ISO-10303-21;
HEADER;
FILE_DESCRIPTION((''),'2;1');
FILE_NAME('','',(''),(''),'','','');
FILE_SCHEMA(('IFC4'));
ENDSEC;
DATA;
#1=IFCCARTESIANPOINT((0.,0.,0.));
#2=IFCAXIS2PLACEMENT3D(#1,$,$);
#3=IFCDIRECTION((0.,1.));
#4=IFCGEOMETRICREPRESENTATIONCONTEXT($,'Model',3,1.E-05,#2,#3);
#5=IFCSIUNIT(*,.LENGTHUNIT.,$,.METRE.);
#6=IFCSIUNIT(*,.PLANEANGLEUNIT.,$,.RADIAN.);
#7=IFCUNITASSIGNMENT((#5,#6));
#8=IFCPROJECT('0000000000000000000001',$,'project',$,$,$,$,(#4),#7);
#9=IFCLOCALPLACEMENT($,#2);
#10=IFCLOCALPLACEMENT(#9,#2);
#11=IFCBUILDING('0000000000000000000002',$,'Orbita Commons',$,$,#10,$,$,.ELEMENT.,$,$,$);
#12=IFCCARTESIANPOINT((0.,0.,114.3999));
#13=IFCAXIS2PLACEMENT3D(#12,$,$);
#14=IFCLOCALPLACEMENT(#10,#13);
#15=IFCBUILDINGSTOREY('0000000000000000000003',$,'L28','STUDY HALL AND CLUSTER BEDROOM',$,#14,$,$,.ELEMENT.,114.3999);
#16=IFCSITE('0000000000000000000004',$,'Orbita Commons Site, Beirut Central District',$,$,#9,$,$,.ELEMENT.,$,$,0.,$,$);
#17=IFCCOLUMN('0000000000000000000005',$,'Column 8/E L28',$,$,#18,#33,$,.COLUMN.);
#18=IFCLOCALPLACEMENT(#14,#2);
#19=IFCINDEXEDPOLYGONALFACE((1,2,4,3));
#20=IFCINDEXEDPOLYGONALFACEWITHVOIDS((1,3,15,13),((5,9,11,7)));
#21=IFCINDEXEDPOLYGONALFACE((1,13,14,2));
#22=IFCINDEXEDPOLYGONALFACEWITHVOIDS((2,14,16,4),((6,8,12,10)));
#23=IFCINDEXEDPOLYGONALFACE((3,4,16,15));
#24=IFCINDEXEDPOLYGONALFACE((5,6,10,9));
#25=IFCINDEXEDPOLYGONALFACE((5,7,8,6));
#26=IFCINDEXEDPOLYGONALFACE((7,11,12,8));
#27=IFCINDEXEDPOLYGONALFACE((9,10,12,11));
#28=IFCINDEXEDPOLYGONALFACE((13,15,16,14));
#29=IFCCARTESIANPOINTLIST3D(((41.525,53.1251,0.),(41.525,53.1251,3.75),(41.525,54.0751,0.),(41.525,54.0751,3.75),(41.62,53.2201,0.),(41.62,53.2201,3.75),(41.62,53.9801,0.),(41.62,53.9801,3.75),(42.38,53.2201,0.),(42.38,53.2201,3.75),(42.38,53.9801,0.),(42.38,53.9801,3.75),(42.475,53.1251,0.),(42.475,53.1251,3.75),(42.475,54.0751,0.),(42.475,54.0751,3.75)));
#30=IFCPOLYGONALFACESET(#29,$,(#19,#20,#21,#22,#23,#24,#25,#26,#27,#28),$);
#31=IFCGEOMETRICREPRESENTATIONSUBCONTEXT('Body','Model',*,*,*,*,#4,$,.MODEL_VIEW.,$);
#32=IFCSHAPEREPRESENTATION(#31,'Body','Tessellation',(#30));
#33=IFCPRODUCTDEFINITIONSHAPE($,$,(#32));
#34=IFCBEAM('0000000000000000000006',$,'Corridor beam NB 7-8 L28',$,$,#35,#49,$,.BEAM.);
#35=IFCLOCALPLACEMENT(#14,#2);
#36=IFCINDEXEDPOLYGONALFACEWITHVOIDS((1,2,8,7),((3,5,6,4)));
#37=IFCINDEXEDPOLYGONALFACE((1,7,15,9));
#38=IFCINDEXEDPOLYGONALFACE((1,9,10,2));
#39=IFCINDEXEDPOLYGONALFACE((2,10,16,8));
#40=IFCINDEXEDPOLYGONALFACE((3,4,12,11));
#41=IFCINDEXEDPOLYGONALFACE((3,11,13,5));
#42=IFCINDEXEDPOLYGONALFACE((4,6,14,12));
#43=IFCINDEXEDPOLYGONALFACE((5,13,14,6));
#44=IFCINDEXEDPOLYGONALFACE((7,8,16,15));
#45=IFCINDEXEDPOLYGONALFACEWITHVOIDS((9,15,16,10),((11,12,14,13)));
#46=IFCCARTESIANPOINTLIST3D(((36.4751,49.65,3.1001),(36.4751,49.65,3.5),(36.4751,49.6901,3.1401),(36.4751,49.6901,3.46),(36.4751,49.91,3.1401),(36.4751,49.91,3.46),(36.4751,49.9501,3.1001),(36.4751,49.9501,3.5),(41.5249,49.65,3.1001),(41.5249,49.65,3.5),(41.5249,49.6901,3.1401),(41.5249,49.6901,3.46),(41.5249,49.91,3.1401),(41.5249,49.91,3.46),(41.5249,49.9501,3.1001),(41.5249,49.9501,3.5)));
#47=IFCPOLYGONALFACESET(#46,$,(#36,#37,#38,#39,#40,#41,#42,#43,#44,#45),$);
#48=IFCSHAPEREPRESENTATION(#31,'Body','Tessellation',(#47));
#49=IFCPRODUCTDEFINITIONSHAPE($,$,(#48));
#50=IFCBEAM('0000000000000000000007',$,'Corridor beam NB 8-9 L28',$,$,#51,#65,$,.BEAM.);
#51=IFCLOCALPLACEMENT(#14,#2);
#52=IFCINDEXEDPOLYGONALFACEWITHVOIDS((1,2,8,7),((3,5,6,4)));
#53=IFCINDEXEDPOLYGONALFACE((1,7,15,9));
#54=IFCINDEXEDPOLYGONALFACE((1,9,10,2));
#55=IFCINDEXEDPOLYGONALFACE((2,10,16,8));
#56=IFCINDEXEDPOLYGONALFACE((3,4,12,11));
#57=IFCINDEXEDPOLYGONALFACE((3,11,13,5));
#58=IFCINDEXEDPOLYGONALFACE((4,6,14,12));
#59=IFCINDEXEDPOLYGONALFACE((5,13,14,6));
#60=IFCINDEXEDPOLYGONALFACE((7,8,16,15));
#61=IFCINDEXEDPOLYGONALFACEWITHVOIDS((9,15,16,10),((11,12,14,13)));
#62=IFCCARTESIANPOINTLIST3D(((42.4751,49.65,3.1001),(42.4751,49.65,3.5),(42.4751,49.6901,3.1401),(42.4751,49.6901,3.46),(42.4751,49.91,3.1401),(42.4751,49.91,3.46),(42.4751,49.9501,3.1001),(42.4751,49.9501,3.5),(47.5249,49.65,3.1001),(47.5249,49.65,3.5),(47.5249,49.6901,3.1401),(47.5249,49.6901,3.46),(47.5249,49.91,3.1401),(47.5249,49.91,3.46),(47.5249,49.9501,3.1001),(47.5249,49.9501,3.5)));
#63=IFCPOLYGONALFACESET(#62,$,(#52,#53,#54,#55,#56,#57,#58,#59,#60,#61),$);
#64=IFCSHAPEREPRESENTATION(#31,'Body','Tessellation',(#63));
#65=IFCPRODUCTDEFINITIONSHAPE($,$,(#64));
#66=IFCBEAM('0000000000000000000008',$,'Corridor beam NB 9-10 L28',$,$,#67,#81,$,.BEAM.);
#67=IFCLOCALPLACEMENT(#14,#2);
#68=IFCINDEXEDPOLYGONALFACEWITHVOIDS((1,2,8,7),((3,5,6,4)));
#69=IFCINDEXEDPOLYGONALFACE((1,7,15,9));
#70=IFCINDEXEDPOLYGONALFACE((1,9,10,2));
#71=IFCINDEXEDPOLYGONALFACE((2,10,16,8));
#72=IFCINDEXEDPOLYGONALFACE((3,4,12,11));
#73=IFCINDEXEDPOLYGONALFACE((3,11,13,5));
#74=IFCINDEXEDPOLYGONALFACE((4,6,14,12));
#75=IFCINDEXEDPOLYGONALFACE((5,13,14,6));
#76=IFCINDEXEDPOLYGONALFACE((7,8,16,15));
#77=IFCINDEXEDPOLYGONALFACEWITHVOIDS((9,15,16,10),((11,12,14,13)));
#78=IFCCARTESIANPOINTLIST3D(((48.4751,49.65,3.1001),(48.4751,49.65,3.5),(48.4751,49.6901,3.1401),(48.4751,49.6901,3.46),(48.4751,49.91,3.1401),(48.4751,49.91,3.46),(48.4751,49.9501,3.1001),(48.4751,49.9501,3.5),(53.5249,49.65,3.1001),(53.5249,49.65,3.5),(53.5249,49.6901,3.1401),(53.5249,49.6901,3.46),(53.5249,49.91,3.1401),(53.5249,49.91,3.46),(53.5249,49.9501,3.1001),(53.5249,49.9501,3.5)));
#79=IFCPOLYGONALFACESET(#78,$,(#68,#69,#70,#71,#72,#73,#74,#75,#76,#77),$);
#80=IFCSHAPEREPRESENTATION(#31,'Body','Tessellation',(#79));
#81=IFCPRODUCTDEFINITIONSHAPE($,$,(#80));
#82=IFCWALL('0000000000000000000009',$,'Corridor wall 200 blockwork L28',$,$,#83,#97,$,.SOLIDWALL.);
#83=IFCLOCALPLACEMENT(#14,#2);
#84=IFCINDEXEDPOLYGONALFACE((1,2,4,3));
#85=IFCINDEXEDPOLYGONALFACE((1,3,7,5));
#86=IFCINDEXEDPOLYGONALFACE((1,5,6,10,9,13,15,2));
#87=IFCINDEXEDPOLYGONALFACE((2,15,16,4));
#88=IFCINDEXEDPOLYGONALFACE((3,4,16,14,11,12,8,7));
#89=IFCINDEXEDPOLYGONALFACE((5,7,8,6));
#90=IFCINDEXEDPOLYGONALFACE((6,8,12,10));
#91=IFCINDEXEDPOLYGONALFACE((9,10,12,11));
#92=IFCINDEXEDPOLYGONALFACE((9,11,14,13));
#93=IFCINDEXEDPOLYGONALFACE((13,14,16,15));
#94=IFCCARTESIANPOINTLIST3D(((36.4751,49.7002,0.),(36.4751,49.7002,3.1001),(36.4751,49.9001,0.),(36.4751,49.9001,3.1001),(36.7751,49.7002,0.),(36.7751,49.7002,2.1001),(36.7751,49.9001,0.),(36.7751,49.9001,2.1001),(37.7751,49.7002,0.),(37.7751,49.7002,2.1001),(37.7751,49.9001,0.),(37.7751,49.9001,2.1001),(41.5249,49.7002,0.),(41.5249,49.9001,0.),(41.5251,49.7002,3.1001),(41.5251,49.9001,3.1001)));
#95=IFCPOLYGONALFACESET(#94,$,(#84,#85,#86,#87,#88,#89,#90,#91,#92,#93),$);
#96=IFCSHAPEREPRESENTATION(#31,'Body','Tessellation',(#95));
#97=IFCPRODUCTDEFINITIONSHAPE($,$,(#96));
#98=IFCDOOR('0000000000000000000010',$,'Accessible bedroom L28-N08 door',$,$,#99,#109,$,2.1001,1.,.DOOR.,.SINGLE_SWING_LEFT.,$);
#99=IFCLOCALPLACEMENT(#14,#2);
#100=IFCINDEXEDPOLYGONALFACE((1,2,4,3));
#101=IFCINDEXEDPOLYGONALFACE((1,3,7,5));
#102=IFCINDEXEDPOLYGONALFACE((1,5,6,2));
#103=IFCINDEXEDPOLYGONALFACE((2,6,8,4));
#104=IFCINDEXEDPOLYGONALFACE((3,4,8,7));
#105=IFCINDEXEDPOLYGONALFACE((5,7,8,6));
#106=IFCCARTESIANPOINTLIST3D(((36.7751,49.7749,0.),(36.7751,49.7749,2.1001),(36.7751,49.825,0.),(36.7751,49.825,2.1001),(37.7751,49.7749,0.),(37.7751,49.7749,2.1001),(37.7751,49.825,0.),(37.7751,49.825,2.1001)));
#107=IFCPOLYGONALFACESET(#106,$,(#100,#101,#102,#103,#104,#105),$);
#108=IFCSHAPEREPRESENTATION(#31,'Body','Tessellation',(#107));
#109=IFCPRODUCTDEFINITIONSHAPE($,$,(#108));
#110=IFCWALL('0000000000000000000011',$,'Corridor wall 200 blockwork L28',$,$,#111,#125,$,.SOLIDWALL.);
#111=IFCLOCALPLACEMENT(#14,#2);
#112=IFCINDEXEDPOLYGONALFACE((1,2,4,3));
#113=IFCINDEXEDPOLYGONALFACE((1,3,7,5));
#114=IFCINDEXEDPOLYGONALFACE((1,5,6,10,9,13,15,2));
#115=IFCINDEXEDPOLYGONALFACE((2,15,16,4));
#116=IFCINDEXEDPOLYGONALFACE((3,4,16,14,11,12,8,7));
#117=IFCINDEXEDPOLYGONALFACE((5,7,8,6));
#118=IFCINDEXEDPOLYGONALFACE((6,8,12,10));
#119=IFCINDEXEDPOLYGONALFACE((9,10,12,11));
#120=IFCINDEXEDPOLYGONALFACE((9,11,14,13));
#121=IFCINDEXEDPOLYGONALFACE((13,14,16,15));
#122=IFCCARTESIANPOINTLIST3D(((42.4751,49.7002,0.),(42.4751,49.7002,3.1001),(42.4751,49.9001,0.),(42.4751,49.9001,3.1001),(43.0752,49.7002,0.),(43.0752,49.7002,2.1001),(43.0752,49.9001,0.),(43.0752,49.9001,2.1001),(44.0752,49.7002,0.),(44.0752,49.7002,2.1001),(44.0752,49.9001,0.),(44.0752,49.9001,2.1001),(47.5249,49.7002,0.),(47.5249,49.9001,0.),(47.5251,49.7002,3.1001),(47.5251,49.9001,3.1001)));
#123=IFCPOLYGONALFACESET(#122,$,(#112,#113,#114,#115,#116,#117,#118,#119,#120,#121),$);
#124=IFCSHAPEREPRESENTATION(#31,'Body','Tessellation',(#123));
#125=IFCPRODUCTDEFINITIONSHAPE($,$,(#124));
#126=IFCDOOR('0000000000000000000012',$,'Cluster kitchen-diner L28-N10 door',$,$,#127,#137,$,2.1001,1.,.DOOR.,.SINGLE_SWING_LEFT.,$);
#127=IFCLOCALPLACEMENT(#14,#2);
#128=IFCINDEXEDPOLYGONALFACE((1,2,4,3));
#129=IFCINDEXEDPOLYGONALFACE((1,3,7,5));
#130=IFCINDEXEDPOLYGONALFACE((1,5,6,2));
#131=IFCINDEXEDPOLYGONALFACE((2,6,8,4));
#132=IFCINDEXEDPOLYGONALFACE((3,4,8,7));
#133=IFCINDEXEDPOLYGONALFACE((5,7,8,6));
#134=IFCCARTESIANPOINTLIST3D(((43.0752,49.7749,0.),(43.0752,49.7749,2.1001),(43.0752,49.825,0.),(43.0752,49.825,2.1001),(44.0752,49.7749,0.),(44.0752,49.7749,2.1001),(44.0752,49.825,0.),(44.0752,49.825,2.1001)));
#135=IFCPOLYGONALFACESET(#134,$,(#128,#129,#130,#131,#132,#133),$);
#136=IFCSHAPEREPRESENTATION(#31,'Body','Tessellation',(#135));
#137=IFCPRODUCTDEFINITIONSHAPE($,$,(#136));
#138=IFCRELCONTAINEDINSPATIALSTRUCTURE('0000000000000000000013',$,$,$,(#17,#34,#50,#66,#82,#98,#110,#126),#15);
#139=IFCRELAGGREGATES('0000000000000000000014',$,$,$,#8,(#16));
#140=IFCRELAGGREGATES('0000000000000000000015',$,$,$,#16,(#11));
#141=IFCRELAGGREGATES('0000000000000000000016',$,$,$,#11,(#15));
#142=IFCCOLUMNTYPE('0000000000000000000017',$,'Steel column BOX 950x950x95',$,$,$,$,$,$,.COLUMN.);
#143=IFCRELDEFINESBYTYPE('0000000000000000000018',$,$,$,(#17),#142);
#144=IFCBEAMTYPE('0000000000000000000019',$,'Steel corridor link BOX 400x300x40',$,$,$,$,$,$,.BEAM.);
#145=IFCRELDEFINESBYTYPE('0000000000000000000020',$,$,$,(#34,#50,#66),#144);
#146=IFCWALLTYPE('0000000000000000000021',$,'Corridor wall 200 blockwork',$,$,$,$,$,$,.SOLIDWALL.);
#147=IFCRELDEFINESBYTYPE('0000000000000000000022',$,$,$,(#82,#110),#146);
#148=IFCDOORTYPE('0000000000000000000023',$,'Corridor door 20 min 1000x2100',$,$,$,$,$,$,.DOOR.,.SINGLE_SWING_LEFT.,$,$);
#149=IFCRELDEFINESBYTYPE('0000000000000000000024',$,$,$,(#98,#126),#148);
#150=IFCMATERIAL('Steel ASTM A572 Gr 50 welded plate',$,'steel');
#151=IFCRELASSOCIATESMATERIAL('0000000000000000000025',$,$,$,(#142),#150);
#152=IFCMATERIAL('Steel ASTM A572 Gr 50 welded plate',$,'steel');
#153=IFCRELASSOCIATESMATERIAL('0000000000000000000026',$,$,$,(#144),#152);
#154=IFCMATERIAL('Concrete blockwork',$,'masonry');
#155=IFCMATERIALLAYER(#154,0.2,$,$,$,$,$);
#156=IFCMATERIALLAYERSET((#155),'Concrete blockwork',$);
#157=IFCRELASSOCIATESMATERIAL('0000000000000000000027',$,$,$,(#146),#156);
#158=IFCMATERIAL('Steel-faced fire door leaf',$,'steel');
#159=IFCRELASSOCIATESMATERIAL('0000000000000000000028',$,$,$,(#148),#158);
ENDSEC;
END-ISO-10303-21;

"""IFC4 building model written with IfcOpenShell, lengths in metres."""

from ifc_helpers import new_model, si_unit, direction, frame, frame_2d, origin, origin_2d, place, context, subcontext, project, spatial, polyline, rectangle, hollow_rectangle, outline, extrude, material, layer, layer_set, material_profile, profile_set, type_object, element, fill, save


model = new_model("IFC4")

# Units and contexts
model_context = context("Model", 3, precision=1e-05, world=origin(), true_north=direction((0.0, 1.0)))
body_context = subcontext(model_context, "Body", "Model", "MODEL_VIEW")
ifc_project = project(units=[si_unit("LENGTHUNIT", "METRE"), si_unit("PLANEANGLEUNIT", "RADIAN")], contexts=[model_context])

# Site, building, storey
site_placement = place(None, origin())
site = spatial("IfcSite", under=ifc_project, at=site_placement, Name="Orbita Commons Site, Beirut Central District", CompositionType="ELEMENT", RefElevation=0.0)
building_placement = place(site_placement, origin())
building = spatial("IfcBuilding", under=site, at=building_placement, Name="Orbita Commons", CompositionType="ELEMENT")
storey_placement = place(building_placement, frame((0.0, 0.0, 114.3999)))
storey = spatial("IfcBuildingStorey", under=building, at=storey_placement, Name="L28", Description="STUDY HALL AND CLUSTER BEDROOM", CompositionType="ELEMENT", Elevation=114.3999)

# Column
ifc_material_1 = material(Name="Steel ASTM A572 Gr 50 welded plate", Category="steel")
ifc_material_profile_1 = material_profile(ifc_material_1, hollow_rectangle(XDim=0.95, YDim=0.95, WallThickness=0.095, at=origin_2d()), Name="BOX 950x950x95")
ifc_profile_set_1 = profile_set([ifc_material_profile_1], Name="Steel ASTM A572 Gr 50 welded plate")
column_type = type_object("IfcColumnType", Name="Steel column BOX 950x950x95", PredefinedType="COLUMN", material=ifc_profile_set_1)
column_placement = place(storey_placement, frame((42.0, 53.6001, 0.0), z_axis=(0.0, 0.0, 1.0), x_axis=(1.0, 0.0, 0.0)))
element("IfcColumn", 1, at=column_placement, inside=storey, type_object=column_type, Name="Column 8/E L28", PredefinedType="COLUMN", context=body_context, shape_type="SweptSolid", body=[
    extrude(hollow_rectangle(XDim=0.95, YDim=0.95, WallThickness=0.095, at=origin_2d()), origin(), (0.0, 0.0, 1.0), 3.75),
])

# Beams
ifc_material_2 = material(Name="Steel ASTM A572 Gr 50 welded plate", Category="steel")
ifc_material_profile_2 = material_profile(ifc_material_2, hollow_rectangle(XDim=0.3, YDim=0.3999, WallThickness=0.04, at=origin_2d()), Name="BOX 400x300x40")
ifc_profile_set_2 = profile_set([ifc_material_profile_2], Name="Steel ASTM A572 Gr 50 welded plate")
beam_type = type_object("IfcBeamType", Name="Steel corridor link BOX 400x300x40", PredefinedType="BEAM", material=ifc_profile_set_2)
for number, where, z_axis, x_axis, name in (
    (2, (36.4751, 49.8, 3.3), (1.0, 0.0, 0.0), (0.0, 1.0, 0.0), "Corridor beam NB 7-8 L28"),
    (3, (42.4751, 49.8, 3.3), (1.0, 0.0, 0.0), (0.0, 1.0, 0.0), "Corridor beam NB 8-9 L28"),
    (4, (48.4751, 49.8, 3.3), (1.0, 0.0, 0.0), (0.0, 1.0, 0.0), "Corridor beam NB 9-10 L28"),
):
    element("IfcBeam", number, at=place(storey_placement, frame(where, z_axis=z_axis, x_axis=x_axis)), inside=storey, type_object=beam_type, Name=name, PredefinedType="BEAM", context=body_context, shape_type="SweptSolid", body=[
        extrude(hollow_rectangle(XDim=0.3, YDim=0.3999, WallThickness=0.04, at=origin_2d()), origin(), (0.0, 0.0, 1.0), 5.0498),
    ])

# Walls, openings, doors
ifc_material_3 = material(Name="Concrete blockwork", Category="masonry")
ifc_layer_1 = layer(ifc_material_3, 0.2)
ifc_layer_set_1 = layer_set([ifc_layer_1], Name="Concrete blockwork")
wall_type_1 = type_object("IfcWallType", Name="Corridor wall 200 blockwork", PredefinedType="SOLIDWALL", material=ifc_layer_set_1)
wall_1_placement = place(storey_placement, frame((36.4751, 49.8, 0.0), z_axis=(0.0, 0.0, 1.0), x_axis=(1.0, 0.0, 0.0)))
wall_1 = element("IfcWall", 5, at=wall_1_placement, inside=storey, type_object=wall_type_1, Name="Corridor wall 200 blockwork L28", PredefinedType="SOLIDWALL", context=body_context, shape_type="SweptSolid", body=[
    extrude(outline(polyline([(0.0, 0.0), (5.0498, 0.0), (5.05, 3.1001), (0.0, 3.1001), (0.0, 0.0)])), frame((0.0, 0.1001, 0.0), z_axis=(0.0, -1.0, 0.0), x_axis=(1.0, 0.0, 0.0)), (0.0, 0.0, 1.0), 0.2),
])
opening_1_placement = place(wall_1_placement, frame((0.3, 0.0, 0.0)))
opening_1 = element("IfcOpeningElement", 6, at=opening_1_placement, cuts=wall_1, PredefinedType="OPENING", context=body_context, shape_type="SweptSolid", body=[
    extrude(rectangle(XDim=1.0, YDim=2.1001, at=frame_2d((0.5, 1.05))), frame((0.0, 0.1099, 0.0), z_axis=(0.0, -1.0, 0.0), x_axis=(1.0, 0.0, 0.0)), (0.0, 0.0, 1.0), 0.22),
])
ifc_material_4 = material(Name="Steel-faced fire door leaf", Category="steel")
door_type_1 = type_object("IfcDoorType", Name="Corridor door 20 min 1000x2100", OperationType="SINGLE_SWING_LEFT", PredefinedType="DOOR", material=ifc_material_4)
door_1_placement = place(opening_1_placement, origin())
door_1 = element("IfcDoor", 7, at=door_1_placement, inside=storey, type_object=door_type_1, Name="Accessible bedroom L28-N08 door", OperationType="SINGLE_SWING_LEFT", OverallHeight=2.1001, OverallWidth=1.0, PredefinedType="DOOR", context=body_context, shape_type="SweptSolid", body=[
    extrude(rectangle(XDim=1.0, YDim=2.1001, at=frame_2d((0.5, 1.05))), frame((0.0, 0.0249, 0.0), z_axis=(0.0, -1.0, 0.0), x_axis=(1.0, 0.0, 0.0)), (0.0, 0.0, 1.0), 0.05),
])
fill(opening_1, door_1)
wall_2_placement = place(storey_placement, frame((42.4751, 49.8, 0.0), z_axis=(0.0, 0.0, 1.0), x_axis=(1.0, 0.0, 0.0)))
wall_2 = element("IfcWall", 8, at=wall_2_placement, inside=storey, type_object=wall_type_1, Name="Corridor wall 200 blockwork L28", PredefinedType="SOLIDWALL", context=body_context, shape_type="SweptSolid", body=[
    extrude(outline(polyline([(0.0, 0.0), (5.0498, 0.0), (5.05, 3.1001), (0.0, 3.1001), (0.0, 0.0)])), frame((0.0, 0.1001, 0.0), z_axis=(0.0, -1.0, 0.0), x_axis=(1.0, 0.0, 0.0)), (0.0, 0.0, 1.0), 0.2),
])
opening_2_placement = place(wall_2_placement, frame((0.6001, 0.0, 0.0)))
opening_2 = element("IfcOpeningElement", 9, at=opening_2_placement, cuts=wall_2, PredefinedType="OPENING", context=body_context, shape_type="SweptSolid", body=[
    extrude(rectangle(XDim=1.0, YDim=2.1001, at=frame_2d((0.5, 1.05))), frame((0.0, 0.1099, 0.0), z_axis=(0.0, -1.0, 0.0), x_axis=(1.0, 0.0, 0.0)), (0.0, 0.0, 1.0), 0.22),
])
door_2_placement = place(opening_2_placement, origin())
door_2 = element("IfcDoor", 10, at=door_2_placement, inside=storey, type_object=door_type_1, Name="Cluster kitchen-diner L28-N10 door", OperationType="SINGLE_SWING_LEFT", OverallHeight=2.1001, OverallWidth=1.0, PredefinedType="DOOR", context=body_context, shape_type="SweptSolid", body=[
    extrude(rectangle(XDim=1.0, YDim=2.1001, at=frame_2d((0.5, 1.05))), frame((0.0, 0.0249, 0.0), z_axis=(0.0, -1.0, 0.0), x_axis=(1.0, 0.0, 0.0)), (0.0, 0.0, 1.0), 0.05),
])
fill(opening_2, door_2)

save(model, "model.ifc")
